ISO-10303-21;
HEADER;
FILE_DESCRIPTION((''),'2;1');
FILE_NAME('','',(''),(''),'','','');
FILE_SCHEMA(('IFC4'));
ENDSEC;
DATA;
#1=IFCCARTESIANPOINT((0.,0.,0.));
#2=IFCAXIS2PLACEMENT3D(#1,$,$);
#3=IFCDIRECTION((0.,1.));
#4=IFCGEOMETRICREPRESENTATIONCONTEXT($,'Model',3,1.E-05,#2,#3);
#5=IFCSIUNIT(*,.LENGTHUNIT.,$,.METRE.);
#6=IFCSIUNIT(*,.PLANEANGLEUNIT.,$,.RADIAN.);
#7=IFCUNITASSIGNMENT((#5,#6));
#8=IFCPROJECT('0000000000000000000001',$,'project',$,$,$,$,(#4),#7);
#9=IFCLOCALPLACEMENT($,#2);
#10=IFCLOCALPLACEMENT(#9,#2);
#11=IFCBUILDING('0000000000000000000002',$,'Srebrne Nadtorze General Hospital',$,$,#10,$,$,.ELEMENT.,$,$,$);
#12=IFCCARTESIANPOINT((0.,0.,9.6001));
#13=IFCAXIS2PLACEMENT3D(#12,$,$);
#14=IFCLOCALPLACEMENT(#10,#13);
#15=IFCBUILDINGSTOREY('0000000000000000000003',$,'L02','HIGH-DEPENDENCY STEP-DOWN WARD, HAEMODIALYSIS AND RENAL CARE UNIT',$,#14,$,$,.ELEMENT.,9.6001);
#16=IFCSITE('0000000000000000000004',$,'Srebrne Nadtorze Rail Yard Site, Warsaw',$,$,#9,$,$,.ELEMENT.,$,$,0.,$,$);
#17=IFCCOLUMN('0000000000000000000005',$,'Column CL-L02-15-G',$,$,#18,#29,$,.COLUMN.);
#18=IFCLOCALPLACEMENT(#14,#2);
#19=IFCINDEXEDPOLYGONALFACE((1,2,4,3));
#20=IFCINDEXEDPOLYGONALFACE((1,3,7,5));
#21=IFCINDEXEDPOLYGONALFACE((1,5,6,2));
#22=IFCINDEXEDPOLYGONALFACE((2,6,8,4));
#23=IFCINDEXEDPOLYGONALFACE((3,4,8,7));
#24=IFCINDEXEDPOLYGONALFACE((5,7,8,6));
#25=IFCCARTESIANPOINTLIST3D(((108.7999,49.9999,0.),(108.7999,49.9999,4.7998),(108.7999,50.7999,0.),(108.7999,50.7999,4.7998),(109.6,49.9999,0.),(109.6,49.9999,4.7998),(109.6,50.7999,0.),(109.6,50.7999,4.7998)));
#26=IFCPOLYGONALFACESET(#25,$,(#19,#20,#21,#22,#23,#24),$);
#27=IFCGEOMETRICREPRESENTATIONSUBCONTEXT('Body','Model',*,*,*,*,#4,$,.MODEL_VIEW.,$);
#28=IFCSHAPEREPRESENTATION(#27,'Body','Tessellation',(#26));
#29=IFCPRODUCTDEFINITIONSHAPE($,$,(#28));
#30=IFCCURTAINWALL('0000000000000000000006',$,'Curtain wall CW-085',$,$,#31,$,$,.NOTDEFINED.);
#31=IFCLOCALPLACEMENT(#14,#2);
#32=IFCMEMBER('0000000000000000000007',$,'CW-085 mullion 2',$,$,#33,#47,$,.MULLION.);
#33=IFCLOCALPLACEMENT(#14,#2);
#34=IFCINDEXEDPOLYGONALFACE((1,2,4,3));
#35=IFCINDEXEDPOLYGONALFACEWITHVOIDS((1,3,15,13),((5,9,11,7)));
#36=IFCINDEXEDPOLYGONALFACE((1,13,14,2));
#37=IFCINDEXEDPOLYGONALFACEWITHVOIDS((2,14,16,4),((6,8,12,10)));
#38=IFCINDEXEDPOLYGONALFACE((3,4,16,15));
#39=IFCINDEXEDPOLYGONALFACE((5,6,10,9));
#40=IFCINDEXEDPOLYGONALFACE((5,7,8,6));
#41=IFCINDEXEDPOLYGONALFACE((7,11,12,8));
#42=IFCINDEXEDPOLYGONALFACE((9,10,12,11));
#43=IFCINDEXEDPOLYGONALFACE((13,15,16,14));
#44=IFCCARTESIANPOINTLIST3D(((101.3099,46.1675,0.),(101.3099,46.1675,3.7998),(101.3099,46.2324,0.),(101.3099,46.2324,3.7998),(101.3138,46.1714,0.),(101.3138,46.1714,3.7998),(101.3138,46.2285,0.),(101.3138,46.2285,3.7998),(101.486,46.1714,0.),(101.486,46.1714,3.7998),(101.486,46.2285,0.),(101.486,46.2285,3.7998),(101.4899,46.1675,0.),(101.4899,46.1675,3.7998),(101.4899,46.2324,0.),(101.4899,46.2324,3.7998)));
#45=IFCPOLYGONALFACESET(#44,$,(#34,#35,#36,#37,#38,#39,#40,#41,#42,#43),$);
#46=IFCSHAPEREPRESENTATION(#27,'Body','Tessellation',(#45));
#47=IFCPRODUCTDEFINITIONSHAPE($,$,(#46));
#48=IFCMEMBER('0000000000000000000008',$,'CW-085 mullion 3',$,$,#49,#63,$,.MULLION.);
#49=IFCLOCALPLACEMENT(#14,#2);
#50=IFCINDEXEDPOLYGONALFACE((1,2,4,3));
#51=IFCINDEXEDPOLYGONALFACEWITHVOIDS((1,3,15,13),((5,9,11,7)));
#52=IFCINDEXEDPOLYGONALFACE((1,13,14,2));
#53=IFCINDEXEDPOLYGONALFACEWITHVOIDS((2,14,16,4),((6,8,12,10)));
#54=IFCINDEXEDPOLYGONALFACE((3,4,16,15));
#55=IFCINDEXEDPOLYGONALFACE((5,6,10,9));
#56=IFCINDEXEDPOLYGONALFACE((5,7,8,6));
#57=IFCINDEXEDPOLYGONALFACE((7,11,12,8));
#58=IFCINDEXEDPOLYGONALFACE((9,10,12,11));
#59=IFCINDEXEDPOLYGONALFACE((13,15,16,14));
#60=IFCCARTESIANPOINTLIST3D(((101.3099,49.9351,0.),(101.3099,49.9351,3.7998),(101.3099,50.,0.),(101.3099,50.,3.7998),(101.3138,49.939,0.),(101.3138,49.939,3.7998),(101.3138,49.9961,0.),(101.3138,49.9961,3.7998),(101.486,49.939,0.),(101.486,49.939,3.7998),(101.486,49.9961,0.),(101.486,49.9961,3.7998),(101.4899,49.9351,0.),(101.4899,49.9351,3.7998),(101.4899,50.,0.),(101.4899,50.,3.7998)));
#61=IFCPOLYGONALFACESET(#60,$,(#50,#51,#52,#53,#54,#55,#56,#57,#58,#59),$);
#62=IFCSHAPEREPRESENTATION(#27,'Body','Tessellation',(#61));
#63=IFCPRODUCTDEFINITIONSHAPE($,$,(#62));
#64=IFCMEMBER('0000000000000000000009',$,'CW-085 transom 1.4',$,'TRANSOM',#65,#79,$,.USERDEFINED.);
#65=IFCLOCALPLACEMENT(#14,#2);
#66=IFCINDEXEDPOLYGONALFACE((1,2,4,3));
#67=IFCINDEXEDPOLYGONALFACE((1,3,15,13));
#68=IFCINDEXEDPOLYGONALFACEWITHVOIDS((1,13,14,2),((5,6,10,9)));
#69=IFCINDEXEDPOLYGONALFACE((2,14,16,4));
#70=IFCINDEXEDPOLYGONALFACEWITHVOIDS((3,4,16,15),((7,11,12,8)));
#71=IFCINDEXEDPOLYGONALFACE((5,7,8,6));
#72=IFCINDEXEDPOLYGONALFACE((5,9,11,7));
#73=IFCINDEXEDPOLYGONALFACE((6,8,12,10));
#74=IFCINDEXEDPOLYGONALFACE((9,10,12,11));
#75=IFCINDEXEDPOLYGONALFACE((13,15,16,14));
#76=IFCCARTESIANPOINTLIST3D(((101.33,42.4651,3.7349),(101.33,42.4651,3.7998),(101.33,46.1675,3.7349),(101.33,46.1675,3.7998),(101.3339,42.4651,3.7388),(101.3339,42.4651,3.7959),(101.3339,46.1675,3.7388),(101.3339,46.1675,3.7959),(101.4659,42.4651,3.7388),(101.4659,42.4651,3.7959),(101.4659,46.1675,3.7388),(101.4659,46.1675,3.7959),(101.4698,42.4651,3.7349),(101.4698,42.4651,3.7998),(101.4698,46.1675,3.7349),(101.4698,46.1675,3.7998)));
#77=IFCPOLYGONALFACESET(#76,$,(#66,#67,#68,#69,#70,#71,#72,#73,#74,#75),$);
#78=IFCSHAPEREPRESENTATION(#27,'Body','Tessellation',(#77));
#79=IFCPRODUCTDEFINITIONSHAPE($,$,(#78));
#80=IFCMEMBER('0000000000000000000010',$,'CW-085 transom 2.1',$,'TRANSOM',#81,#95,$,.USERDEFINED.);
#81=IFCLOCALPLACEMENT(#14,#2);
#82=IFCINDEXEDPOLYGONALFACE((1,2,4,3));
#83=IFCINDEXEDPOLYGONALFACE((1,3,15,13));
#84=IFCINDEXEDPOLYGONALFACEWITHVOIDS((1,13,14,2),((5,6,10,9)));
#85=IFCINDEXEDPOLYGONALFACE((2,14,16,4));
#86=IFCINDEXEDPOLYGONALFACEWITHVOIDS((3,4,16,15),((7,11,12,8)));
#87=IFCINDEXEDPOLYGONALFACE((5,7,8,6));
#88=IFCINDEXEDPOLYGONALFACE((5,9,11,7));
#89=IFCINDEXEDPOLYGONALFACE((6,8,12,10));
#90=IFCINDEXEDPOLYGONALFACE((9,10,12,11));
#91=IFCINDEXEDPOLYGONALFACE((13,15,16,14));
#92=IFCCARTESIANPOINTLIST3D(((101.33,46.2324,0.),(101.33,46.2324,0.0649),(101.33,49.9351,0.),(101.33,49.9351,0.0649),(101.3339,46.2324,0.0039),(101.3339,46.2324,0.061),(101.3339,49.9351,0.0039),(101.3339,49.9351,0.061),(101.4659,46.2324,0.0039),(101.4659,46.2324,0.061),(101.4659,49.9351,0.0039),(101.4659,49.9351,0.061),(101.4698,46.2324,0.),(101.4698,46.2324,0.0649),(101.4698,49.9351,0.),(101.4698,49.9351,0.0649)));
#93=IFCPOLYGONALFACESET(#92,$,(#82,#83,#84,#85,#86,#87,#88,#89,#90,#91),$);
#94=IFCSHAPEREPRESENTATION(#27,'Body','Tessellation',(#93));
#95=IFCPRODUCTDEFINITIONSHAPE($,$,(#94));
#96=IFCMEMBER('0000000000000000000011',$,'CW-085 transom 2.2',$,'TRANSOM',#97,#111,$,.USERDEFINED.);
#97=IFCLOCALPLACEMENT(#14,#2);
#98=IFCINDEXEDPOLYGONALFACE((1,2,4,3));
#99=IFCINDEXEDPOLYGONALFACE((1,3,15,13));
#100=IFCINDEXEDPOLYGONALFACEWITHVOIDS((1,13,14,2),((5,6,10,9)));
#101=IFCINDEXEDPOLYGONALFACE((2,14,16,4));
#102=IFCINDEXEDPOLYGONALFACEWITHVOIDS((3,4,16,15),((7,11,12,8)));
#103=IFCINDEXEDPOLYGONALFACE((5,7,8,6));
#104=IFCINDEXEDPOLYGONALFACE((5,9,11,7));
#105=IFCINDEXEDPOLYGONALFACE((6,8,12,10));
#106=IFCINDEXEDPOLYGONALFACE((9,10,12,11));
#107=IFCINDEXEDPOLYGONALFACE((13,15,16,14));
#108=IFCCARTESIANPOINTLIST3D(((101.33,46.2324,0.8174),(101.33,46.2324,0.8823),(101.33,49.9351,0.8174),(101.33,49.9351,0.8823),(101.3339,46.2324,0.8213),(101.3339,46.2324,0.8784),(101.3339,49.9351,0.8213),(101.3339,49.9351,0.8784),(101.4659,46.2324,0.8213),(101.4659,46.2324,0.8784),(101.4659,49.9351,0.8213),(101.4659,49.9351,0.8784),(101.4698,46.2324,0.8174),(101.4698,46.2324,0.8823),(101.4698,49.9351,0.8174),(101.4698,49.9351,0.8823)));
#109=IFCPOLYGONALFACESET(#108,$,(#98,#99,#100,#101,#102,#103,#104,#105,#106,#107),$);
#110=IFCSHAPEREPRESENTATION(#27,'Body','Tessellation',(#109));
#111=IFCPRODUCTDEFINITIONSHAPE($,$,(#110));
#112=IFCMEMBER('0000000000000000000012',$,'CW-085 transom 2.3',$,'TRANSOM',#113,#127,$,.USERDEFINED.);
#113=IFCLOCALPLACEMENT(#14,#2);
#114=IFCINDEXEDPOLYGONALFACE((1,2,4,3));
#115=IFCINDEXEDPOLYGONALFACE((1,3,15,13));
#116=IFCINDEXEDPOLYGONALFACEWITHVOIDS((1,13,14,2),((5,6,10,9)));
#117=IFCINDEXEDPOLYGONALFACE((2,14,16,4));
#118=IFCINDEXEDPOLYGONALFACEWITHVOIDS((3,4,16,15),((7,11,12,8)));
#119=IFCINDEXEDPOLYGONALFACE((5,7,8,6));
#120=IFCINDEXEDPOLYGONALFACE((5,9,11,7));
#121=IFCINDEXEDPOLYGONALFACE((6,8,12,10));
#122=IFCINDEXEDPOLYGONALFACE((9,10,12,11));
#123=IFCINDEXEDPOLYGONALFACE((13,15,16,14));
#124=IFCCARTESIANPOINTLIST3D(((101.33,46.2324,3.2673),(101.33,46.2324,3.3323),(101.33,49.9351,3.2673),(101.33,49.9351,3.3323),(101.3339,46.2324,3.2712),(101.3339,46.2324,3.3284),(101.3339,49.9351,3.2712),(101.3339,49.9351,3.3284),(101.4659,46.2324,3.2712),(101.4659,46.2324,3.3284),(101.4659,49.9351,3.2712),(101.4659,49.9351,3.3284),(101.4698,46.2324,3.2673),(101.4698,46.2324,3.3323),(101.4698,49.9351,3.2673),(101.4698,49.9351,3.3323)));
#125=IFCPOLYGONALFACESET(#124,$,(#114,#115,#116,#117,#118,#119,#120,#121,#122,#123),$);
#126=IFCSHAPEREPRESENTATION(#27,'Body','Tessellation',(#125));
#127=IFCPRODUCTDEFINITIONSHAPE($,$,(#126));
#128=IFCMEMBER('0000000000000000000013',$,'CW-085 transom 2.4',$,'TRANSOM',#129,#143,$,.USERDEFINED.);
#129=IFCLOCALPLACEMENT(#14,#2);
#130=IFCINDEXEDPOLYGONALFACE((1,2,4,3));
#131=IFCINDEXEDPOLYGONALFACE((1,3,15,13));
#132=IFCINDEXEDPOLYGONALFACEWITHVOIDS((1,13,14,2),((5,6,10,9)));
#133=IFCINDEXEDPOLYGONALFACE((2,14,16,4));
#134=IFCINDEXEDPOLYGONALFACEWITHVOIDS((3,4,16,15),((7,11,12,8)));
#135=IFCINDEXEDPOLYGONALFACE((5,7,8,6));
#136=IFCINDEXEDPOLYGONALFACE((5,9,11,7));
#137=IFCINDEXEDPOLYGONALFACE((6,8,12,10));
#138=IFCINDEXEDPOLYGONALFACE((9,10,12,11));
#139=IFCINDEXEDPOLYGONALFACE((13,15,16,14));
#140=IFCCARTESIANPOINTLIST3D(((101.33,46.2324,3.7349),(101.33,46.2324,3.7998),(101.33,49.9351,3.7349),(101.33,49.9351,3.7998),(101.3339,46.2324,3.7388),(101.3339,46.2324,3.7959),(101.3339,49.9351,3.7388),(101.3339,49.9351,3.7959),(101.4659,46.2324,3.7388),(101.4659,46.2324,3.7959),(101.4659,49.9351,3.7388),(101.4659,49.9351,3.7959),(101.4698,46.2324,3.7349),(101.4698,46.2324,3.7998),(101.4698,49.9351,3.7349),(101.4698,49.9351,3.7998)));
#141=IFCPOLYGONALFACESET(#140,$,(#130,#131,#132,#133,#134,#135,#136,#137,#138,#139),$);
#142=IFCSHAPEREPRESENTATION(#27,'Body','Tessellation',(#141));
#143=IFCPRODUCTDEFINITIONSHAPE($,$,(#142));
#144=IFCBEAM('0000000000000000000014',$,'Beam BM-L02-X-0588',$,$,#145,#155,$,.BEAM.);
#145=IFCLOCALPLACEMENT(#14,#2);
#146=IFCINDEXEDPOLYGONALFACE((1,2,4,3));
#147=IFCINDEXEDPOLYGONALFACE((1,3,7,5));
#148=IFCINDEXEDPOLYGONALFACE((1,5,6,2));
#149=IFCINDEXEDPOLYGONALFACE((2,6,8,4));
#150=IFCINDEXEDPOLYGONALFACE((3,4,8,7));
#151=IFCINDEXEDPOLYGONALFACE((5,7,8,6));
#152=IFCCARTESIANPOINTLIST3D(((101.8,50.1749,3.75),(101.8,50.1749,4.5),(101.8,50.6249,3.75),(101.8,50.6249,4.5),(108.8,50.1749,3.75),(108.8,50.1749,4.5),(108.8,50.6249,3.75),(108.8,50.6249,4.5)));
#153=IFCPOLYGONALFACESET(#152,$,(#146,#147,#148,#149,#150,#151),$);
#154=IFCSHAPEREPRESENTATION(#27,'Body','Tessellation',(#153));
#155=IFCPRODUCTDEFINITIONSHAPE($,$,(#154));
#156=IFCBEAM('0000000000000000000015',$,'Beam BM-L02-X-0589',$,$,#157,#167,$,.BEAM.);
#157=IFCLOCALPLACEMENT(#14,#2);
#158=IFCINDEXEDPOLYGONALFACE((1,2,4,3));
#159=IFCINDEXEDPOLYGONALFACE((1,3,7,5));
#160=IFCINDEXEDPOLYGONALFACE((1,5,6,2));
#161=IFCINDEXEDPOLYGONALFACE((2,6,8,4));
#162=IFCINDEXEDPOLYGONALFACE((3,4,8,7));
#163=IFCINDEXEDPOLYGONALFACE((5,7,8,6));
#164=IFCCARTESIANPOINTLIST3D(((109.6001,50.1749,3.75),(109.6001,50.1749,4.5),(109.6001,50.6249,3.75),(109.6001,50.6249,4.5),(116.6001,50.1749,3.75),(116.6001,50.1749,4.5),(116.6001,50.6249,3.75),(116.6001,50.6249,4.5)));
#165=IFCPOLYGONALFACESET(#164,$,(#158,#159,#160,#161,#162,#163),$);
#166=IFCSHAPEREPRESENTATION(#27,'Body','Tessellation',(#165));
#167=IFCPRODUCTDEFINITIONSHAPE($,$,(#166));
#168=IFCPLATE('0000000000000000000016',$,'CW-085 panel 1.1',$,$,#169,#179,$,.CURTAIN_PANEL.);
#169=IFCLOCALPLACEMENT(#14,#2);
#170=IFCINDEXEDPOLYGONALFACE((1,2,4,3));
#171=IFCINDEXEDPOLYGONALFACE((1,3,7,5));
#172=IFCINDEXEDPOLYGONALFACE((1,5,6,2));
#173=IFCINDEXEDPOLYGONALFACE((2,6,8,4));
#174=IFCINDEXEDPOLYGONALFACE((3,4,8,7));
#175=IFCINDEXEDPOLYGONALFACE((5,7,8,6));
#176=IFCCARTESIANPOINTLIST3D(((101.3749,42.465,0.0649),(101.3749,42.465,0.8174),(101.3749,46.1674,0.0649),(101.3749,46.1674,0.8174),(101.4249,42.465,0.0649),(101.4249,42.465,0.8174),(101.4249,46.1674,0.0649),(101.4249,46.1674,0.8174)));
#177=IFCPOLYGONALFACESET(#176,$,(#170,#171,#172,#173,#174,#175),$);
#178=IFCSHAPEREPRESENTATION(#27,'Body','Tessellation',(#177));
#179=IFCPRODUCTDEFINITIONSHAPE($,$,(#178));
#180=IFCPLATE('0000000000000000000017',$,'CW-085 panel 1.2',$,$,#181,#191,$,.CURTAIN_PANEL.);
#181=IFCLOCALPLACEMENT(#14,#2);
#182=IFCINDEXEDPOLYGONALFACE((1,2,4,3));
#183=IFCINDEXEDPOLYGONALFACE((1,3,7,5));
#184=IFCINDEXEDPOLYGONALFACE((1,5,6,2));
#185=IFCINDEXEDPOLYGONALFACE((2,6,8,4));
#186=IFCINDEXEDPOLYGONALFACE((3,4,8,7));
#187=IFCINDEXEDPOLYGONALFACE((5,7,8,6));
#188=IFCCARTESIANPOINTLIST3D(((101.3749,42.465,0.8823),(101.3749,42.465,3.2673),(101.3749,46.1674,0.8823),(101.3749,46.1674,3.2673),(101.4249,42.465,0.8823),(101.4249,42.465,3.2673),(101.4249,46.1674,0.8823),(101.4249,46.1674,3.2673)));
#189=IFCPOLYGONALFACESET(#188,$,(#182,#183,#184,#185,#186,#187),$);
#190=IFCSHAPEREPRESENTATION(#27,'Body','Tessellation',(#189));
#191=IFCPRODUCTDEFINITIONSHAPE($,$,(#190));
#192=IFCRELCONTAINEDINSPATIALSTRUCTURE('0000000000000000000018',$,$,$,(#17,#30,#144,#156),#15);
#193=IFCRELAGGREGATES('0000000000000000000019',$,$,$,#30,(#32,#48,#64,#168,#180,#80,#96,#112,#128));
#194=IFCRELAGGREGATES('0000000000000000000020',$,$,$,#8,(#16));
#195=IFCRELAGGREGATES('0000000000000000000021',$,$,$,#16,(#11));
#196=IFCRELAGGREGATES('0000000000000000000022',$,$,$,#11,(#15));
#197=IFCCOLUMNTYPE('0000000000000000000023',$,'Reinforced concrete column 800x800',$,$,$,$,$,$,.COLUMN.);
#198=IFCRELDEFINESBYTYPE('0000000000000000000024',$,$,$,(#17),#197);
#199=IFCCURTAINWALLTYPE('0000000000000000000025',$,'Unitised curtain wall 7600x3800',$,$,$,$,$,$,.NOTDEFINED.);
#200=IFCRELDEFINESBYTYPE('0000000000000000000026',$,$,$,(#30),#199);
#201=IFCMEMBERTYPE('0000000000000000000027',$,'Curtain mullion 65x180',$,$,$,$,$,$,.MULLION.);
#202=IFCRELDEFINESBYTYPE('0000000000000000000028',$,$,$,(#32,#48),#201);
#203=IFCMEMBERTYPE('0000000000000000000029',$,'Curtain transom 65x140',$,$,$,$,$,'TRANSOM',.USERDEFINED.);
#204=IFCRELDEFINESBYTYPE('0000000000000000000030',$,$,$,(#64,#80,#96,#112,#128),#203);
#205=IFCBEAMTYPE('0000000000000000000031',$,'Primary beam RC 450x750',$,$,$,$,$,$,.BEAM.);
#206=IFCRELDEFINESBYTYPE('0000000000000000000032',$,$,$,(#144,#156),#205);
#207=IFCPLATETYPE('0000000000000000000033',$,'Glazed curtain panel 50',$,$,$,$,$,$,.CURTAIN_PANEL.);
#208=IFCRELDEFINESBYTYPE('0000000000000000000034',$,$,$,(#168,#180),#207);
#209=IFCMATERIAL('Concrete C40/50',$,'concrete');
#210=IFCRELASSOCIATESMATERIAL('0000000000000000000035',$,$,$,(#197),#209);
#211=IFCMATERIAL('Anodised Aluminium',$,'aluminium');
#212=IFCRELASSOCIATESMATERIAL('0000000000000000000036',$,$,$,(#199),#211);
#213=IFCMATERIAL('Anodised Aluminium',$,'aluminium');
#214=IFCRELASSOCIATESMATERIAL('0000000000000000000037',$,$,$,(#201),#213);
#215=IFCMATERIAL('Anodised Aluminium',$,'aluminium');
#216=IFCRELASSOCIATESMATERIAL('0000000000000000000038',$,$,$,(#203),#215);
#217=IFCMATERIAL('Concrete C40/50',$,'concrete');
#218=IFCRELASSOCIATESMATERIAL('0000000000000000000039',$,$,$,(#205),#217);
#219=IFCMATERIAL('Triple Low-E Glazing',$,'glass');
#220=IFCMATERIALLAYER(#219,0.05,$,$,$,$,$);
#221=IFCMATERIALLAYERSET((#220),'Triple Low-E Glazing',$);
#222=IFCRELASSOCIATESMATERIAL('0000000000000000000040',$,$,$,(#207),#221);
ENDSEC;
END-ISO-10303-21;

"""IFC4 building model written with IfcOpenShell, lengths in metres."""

from ifc_helpers import new_model, si_unit, direction, frame, origin, origin_2d, place, context, subcontext, project, spatial, rectangle, hollow_rectangle, extrude, material, layer, layer_set, material_profile, profile_set, type_object, element, aggregate, save


model = new_model("IFC4")

# Units and contexts
model_context = context("Model", 3, precision=1e-05, world=origin(), true_north=direction((0.0, 1.0)))
body_context = subcontext(model_context, "Body", "Model", "MODEL_VIEW")
ifc_project = project(units=[si_unit("LENGTHUNIT", "METRE"), si_unit("PLANEANGLEUNIT", "RADIAN")], contexts=[model_context])

# Site, building, storey
site_placement = place(None, origin())
site = spatial("IfcSite", under=ifc_project, at=site_placement, Name="Srebrne Nadtorze Rail Yard Site, Warsaw", CompositionType="ELEMENT", RefElevation=0.0)
building_placement = place(site_placement, origin())
building = spatial("IfcBuilding", under=site, at=building_placement, Name="Srebrne Nadtorze General Hospital", CompositionType="ELEMENT")
storey_placement = place(building_placement, frame((0.0, 0.0, 9.6001)))
storey = spatial("IfcBuildingStorey", under=building, at=storey_placement, Name="L02", Description="HIGH-DEPENDENCY STEP-DOWN WARD, HAEMODIALYSIS AND RENAL CARE UNIT", CompositionType="ELEMENT", Elevation=9.6001)

# Column
ifc_material_1 = material(Name="Concrete C40/50", Category="concrete")
ifc_material_profile_1 = material_profile(ifc_material_1, rectangle(XDim=0.8, YDim=0.8, at=origin_2d()), Name="RC-COL-800x800")
ifc_profile_set_1 = profile_set([ifc_material_profile_1], Name="Concrete C40/50")
column_type = type_object("IfcColumnType", Name="Reinforced concrete column 800x800", PredefinedType="COLUMN", material=ifc_profile_set_1)
column_placement = place(storey_placement, frame((109.2, 50.3999, 0.0), z_axis=(0.0, 0.0, 1.0), x_axis=(1.0, 0.0, 0.0)))
element("IfcColumn", 1, at=column_placement, inside=storey, type_object=column_type, Name="Column CL-L02-15-G", PredefinedType="COLUMN", context=body_context, shape_type="SweptSolid", body=[
    extrude(rectangle(XDim=0.8, YDim=0.8, at=origin_2d()), origin(), (0.0, 0.0, 1.0), 4.7998),
])

# Curtain wall, members
ifc_material_2 = material(Name="Anodised Aluminium", Category="aluminium")
curtain_wall_type = type_object("IfcCurtainWallType", Name="Unitised curtain wall 7600x3800", PredefinedType="NOTDEFINED", material=ifc_material_2)
curtain_wall_placement = place(storey_placement, origin())
curtain_wall = element("IfcCurtainWall", 2, at=curtain_wall_placement, inside=storey, type_object=curtain_wall_type, Name="Curtain wall CW-085", PredefinedType="NOTDEFINED")
ifc_material_3 = material(Name="Anodised Aluminium", Category="aluminium")
ifc_material_profile_2 = material_profile(ifc_material_3, hollow_rectangle(XDim=0.0649, YDim=0.1799, WallThickness=0.0039, at=origin_2d()), Name="AL-MUL-65x180")
ifc_profile_set_2 = profile_set([ifc_material_profile_2], Name="Anodised Aluminium")
member_type_1 = type_object("IfcMemberType", Name="Curtain mullion 65x180", PredefinedType="MULLION", material=ifc_profile_set_2)
member_1_placement = place(storey_placement, frame((101.3999, 46.2, 0.0), z_axis=(0.0, 0.0, 1.0), x_axis=(0.0, 1.0, 0.0)))
member_1 = element("IfcMember", 3, at=member_1_placement, type_object=member_type_1, Name="CW-085 mullion 2", PredefinedType="MULLION", context=body_context, shape_type="SweptSolid", body=[
    extrude(hollow_rectangle(XDim=0.0649, YDim=0.1799, WallThickness=0.0039, at=origin_2d()), origin(), (0.0, 0.0, 1.0), 3.7998),
])
member_2_placement = place(storey_placement, frame((101.3999, 49.9675, 0.0), z_axis=(0.0, 0.0, 1.0), x_axis=(0.0, 1.0, 0.0)))
member_2 = element("IfcMember", 4, at=member_2_placement, type_object=member_type_1, Name="CW-085 mullion 3", PredefinedType="MULLION", context=body_context, shape_type="SweptSolid", body=[
    extrude(hollow_rectangle(XDim=0.0649, YDim=0.1799, WallThickness=0.0039, at=origin_2d()), origin(), (0.0, 0.0, 1.0), 3.7998),
])
ifc_material_4 = material(Name="Anodised Aluminium", Category="aluminium")
ifc_material_profile_3 = material_profile(ifc_material_4, hollow_rectangle(XDim=0.0649, YDim=0.1399, WallThickness=0.0039, at=origin_2d()), Name="AL-TRN-65x140")
ifc_profile_set_3 = profile_set([ifc_material_profile_3], Name="Anodised Aluminium")
member_type_2 = type_object("IfcMemberType", Name="Curtain transom 65x140", ElementType="TRANSOM", PredefinedType="USERDEFINED", material=ifc_profile_set_3)
member_3_placement = place(storey_placement, frame((101.3999, 42.4651, 3.7673), z_axis=(0.0, 1.0, 0.0), x_axis=(0.0, 0.0, 1.0)))
member_3 = element("IfcMember", 5, at=member_3_placement, type_object=member_type_2, Name="CW-085 transom 1.4", ObjectType="TRANSOM", PredefinedType="USERDEFINED", context=body_context, shape_type="SweptSolid", body=[
    extrude(hollow_rectangle(XDim=0.0649, YDim=0.1399, WallThickness=0.0039, at=origin_2d()), origin(), (0.0, 0.0, 1.0), 3.7024),
])
member_4_placement = place(storey_placement, frame((101.3999, 46.2324, 0.0325), z_axis=(0.0, 1.0, 0.0), x_axis=(0.0, 0.0, 1.0)))
member_4 = element("IfcMember", 6, at=member_4_placement, type_object=member_type_2, Name="CW-085 transom 2.1", ObjectType="TRANSOM", PredefinedType="USERDEFINED", context=body_context, shape_type="SweptSolid", body=[
    extrude(hollow_rectangle(XDim=0.0649, YDim=0.1399, WallThickness=0.0039, at=origin_2d()), origin(), (0.0, 0.0, 1.0), 3.7026),
])
member_5_placement = place(storey_placement, frame((101.3999, 46.2324, 0.8499), z_axis=(0.0, 1.0, 0.0), x_axis=(0.0, 0.0, 1.0)))
member_5 = element("IfcMember", 7, at=member_5_placement, type_object=member_type_2, Name="CW-085 transom 2.2", ObjectType="TRANSOM", PredefinedType="USERDEFINED", context=body_context, shape_type="SweptSolid", body=[
    extrude(hollow_rectangle(XDim=0.0649, YDim=0.1399, WallThickness=0.0039, at=origin_2d()), origin(), (0.0, 0.0, 1.0), 3.7026),
])
member_6_placement = place(storey_placement, frame((101.3999, 46.2324, 3.2998), z_axis=(0.0, 1.0, 0.0), x_axis=(0.0, 0.0, 1.0)))
member_6 = element("IfcMember", 8, at=member_6_placement, type_object=member_type_2, Name="CW-085 transom 2.3", ObjectType="TRANSOM", PredefinedType="USERDEFINED", context=body_context, shape_type="SweptSolid", body=[
    extrude(hollow_rectangle(XDim=0.0649, YDim=0.1399, WallThickness=0.0039, at=origin_2d()), origin(), (0.0, 0.0, 1.0), 3.7026),
])
member_7_placement = place(storey_placement, frame((101.3999, 46.2324, 3.7673), z_axis=(0.0, 1.0, 0.0), x_axis=(0.0, 0.0, 1.0)))
member_7 = element("IfcMember", 9, at=member_7_placement, type_object=member_type_2, Name="CW-085 transom 2.4", ObjectType="TRANSOM", PredefinedType="USERDEFINED", context=body_context, shape_type="SweptSolid", body=[
    extrude(hollow_rectangle(XDim=0.0649, YDim=0.1399, WallThickness=0.0039, at=origin_2d()), origin(), (0.0, 0.0, 1.0), 3.7026),
])

# Beams
ifc_material_5 = material(Name="Concrete C40/50", Category="concrete")
ifc_material_profile_4 = material_profile(ifc_material_5, rectangle(XDim=0.45, YDim=0.75, at=origin_2d()), Name="RC-BM-450x750")
ifc_profile_set_4 = profile_set([ifc_material_profile_4], Name="Concrete C40/50")
beam_type = type_object("IfcBeamType", Name="Primary beam RC 450x750", PredefinedType="BEAM", material=ifc_profile_set_4)
for number, where, z_axis, x_axis, name in (
    (10, (101.8, 50.3999, 4.125), (1.0, 0.0, 0.0), (0.0, 1.0, 0.0), "Beam BM-L02-X-0588"),
    (11, (109.6001, 50.3999, 4.125), (1.0, 0.0, 0.0), (0.0, 1.0, 0.0), "Beam BM-L02-X-0589"),
):
    element("IfcBeam", number, at=place(storey_placement, frame(where, z_axis=z_axis, x_axis=x_axis)), inside=storey, type_object=beam_type, Name=name, PredefinedType="BEAM", context=body_context, shape_type="SweptSolid", body=[
        extrude(rectangle(XDim=0.45, YDim=0.75, at=origin_2d()), origin(), (0.0, 0.0, 1.0), 7.0),
    ])

# Plates
ifc_material_6 = material(Name="Triple Low-E Glazing", Category="glass")
ifc_layer_1 = layer(ifc_material_6, 0.05)
ifc_layer_set_1 = layer_set([ifc_layer_1], Name="Triple Low-E Glazing")
plate_type = type_object("IfcPlateType", Name="Glazed curtain panel 50", PredefinedType="CURTAIN_PANEL", material=ifc_layer_set_1)
plate_1_placement = place(storey_placement, frame((101.3999, 44.3162, 0.0649), z_axis=(0.0, 0.0, 1.0), x_axis=(0.0, 1.0, 0.0)))
plate_1 = element("IfcPlate", 12, at=plate_1_placement, type_object=plate_type, Name="CW-085 panel 1.1", PredefinedType="CURTAIN_PANEL", context=body_context, shape_type="SweptSolid", body=[
    extrude(rectangle(XDim=3.7024, YDim=0.05, at=origin_2d()), origin(), (0.0, 0.0, 1.0), 0.7524),
])
plate_2_placement = place(storey_placement, frame((101.3999, 44.3162, 0.8823), z_axis=(0.0, 0.0, 1.0), x_axis=(0.0, 1.0, 0.0)))
plate_2 = element("IfcPlate", 13, at=plate_2_placement, type_object=plate_type, Name="CW-085 panel 1.2", PredefinedType="CURTAIN_PANEL", context=body_context, shape_type="SweptSolid", body=[
    extrude(rectangle(XDim=3.7024, YDim=0.05, at=origin_2d()), origin(), (0.0, 0.0, 1.0), 2.385),
])
aggregate(curtain_wall, [member_1, member_2, member_3, plate_1, plate_2, member_4, member_5, member_6, member_7])

save(model, "model.ifc")
